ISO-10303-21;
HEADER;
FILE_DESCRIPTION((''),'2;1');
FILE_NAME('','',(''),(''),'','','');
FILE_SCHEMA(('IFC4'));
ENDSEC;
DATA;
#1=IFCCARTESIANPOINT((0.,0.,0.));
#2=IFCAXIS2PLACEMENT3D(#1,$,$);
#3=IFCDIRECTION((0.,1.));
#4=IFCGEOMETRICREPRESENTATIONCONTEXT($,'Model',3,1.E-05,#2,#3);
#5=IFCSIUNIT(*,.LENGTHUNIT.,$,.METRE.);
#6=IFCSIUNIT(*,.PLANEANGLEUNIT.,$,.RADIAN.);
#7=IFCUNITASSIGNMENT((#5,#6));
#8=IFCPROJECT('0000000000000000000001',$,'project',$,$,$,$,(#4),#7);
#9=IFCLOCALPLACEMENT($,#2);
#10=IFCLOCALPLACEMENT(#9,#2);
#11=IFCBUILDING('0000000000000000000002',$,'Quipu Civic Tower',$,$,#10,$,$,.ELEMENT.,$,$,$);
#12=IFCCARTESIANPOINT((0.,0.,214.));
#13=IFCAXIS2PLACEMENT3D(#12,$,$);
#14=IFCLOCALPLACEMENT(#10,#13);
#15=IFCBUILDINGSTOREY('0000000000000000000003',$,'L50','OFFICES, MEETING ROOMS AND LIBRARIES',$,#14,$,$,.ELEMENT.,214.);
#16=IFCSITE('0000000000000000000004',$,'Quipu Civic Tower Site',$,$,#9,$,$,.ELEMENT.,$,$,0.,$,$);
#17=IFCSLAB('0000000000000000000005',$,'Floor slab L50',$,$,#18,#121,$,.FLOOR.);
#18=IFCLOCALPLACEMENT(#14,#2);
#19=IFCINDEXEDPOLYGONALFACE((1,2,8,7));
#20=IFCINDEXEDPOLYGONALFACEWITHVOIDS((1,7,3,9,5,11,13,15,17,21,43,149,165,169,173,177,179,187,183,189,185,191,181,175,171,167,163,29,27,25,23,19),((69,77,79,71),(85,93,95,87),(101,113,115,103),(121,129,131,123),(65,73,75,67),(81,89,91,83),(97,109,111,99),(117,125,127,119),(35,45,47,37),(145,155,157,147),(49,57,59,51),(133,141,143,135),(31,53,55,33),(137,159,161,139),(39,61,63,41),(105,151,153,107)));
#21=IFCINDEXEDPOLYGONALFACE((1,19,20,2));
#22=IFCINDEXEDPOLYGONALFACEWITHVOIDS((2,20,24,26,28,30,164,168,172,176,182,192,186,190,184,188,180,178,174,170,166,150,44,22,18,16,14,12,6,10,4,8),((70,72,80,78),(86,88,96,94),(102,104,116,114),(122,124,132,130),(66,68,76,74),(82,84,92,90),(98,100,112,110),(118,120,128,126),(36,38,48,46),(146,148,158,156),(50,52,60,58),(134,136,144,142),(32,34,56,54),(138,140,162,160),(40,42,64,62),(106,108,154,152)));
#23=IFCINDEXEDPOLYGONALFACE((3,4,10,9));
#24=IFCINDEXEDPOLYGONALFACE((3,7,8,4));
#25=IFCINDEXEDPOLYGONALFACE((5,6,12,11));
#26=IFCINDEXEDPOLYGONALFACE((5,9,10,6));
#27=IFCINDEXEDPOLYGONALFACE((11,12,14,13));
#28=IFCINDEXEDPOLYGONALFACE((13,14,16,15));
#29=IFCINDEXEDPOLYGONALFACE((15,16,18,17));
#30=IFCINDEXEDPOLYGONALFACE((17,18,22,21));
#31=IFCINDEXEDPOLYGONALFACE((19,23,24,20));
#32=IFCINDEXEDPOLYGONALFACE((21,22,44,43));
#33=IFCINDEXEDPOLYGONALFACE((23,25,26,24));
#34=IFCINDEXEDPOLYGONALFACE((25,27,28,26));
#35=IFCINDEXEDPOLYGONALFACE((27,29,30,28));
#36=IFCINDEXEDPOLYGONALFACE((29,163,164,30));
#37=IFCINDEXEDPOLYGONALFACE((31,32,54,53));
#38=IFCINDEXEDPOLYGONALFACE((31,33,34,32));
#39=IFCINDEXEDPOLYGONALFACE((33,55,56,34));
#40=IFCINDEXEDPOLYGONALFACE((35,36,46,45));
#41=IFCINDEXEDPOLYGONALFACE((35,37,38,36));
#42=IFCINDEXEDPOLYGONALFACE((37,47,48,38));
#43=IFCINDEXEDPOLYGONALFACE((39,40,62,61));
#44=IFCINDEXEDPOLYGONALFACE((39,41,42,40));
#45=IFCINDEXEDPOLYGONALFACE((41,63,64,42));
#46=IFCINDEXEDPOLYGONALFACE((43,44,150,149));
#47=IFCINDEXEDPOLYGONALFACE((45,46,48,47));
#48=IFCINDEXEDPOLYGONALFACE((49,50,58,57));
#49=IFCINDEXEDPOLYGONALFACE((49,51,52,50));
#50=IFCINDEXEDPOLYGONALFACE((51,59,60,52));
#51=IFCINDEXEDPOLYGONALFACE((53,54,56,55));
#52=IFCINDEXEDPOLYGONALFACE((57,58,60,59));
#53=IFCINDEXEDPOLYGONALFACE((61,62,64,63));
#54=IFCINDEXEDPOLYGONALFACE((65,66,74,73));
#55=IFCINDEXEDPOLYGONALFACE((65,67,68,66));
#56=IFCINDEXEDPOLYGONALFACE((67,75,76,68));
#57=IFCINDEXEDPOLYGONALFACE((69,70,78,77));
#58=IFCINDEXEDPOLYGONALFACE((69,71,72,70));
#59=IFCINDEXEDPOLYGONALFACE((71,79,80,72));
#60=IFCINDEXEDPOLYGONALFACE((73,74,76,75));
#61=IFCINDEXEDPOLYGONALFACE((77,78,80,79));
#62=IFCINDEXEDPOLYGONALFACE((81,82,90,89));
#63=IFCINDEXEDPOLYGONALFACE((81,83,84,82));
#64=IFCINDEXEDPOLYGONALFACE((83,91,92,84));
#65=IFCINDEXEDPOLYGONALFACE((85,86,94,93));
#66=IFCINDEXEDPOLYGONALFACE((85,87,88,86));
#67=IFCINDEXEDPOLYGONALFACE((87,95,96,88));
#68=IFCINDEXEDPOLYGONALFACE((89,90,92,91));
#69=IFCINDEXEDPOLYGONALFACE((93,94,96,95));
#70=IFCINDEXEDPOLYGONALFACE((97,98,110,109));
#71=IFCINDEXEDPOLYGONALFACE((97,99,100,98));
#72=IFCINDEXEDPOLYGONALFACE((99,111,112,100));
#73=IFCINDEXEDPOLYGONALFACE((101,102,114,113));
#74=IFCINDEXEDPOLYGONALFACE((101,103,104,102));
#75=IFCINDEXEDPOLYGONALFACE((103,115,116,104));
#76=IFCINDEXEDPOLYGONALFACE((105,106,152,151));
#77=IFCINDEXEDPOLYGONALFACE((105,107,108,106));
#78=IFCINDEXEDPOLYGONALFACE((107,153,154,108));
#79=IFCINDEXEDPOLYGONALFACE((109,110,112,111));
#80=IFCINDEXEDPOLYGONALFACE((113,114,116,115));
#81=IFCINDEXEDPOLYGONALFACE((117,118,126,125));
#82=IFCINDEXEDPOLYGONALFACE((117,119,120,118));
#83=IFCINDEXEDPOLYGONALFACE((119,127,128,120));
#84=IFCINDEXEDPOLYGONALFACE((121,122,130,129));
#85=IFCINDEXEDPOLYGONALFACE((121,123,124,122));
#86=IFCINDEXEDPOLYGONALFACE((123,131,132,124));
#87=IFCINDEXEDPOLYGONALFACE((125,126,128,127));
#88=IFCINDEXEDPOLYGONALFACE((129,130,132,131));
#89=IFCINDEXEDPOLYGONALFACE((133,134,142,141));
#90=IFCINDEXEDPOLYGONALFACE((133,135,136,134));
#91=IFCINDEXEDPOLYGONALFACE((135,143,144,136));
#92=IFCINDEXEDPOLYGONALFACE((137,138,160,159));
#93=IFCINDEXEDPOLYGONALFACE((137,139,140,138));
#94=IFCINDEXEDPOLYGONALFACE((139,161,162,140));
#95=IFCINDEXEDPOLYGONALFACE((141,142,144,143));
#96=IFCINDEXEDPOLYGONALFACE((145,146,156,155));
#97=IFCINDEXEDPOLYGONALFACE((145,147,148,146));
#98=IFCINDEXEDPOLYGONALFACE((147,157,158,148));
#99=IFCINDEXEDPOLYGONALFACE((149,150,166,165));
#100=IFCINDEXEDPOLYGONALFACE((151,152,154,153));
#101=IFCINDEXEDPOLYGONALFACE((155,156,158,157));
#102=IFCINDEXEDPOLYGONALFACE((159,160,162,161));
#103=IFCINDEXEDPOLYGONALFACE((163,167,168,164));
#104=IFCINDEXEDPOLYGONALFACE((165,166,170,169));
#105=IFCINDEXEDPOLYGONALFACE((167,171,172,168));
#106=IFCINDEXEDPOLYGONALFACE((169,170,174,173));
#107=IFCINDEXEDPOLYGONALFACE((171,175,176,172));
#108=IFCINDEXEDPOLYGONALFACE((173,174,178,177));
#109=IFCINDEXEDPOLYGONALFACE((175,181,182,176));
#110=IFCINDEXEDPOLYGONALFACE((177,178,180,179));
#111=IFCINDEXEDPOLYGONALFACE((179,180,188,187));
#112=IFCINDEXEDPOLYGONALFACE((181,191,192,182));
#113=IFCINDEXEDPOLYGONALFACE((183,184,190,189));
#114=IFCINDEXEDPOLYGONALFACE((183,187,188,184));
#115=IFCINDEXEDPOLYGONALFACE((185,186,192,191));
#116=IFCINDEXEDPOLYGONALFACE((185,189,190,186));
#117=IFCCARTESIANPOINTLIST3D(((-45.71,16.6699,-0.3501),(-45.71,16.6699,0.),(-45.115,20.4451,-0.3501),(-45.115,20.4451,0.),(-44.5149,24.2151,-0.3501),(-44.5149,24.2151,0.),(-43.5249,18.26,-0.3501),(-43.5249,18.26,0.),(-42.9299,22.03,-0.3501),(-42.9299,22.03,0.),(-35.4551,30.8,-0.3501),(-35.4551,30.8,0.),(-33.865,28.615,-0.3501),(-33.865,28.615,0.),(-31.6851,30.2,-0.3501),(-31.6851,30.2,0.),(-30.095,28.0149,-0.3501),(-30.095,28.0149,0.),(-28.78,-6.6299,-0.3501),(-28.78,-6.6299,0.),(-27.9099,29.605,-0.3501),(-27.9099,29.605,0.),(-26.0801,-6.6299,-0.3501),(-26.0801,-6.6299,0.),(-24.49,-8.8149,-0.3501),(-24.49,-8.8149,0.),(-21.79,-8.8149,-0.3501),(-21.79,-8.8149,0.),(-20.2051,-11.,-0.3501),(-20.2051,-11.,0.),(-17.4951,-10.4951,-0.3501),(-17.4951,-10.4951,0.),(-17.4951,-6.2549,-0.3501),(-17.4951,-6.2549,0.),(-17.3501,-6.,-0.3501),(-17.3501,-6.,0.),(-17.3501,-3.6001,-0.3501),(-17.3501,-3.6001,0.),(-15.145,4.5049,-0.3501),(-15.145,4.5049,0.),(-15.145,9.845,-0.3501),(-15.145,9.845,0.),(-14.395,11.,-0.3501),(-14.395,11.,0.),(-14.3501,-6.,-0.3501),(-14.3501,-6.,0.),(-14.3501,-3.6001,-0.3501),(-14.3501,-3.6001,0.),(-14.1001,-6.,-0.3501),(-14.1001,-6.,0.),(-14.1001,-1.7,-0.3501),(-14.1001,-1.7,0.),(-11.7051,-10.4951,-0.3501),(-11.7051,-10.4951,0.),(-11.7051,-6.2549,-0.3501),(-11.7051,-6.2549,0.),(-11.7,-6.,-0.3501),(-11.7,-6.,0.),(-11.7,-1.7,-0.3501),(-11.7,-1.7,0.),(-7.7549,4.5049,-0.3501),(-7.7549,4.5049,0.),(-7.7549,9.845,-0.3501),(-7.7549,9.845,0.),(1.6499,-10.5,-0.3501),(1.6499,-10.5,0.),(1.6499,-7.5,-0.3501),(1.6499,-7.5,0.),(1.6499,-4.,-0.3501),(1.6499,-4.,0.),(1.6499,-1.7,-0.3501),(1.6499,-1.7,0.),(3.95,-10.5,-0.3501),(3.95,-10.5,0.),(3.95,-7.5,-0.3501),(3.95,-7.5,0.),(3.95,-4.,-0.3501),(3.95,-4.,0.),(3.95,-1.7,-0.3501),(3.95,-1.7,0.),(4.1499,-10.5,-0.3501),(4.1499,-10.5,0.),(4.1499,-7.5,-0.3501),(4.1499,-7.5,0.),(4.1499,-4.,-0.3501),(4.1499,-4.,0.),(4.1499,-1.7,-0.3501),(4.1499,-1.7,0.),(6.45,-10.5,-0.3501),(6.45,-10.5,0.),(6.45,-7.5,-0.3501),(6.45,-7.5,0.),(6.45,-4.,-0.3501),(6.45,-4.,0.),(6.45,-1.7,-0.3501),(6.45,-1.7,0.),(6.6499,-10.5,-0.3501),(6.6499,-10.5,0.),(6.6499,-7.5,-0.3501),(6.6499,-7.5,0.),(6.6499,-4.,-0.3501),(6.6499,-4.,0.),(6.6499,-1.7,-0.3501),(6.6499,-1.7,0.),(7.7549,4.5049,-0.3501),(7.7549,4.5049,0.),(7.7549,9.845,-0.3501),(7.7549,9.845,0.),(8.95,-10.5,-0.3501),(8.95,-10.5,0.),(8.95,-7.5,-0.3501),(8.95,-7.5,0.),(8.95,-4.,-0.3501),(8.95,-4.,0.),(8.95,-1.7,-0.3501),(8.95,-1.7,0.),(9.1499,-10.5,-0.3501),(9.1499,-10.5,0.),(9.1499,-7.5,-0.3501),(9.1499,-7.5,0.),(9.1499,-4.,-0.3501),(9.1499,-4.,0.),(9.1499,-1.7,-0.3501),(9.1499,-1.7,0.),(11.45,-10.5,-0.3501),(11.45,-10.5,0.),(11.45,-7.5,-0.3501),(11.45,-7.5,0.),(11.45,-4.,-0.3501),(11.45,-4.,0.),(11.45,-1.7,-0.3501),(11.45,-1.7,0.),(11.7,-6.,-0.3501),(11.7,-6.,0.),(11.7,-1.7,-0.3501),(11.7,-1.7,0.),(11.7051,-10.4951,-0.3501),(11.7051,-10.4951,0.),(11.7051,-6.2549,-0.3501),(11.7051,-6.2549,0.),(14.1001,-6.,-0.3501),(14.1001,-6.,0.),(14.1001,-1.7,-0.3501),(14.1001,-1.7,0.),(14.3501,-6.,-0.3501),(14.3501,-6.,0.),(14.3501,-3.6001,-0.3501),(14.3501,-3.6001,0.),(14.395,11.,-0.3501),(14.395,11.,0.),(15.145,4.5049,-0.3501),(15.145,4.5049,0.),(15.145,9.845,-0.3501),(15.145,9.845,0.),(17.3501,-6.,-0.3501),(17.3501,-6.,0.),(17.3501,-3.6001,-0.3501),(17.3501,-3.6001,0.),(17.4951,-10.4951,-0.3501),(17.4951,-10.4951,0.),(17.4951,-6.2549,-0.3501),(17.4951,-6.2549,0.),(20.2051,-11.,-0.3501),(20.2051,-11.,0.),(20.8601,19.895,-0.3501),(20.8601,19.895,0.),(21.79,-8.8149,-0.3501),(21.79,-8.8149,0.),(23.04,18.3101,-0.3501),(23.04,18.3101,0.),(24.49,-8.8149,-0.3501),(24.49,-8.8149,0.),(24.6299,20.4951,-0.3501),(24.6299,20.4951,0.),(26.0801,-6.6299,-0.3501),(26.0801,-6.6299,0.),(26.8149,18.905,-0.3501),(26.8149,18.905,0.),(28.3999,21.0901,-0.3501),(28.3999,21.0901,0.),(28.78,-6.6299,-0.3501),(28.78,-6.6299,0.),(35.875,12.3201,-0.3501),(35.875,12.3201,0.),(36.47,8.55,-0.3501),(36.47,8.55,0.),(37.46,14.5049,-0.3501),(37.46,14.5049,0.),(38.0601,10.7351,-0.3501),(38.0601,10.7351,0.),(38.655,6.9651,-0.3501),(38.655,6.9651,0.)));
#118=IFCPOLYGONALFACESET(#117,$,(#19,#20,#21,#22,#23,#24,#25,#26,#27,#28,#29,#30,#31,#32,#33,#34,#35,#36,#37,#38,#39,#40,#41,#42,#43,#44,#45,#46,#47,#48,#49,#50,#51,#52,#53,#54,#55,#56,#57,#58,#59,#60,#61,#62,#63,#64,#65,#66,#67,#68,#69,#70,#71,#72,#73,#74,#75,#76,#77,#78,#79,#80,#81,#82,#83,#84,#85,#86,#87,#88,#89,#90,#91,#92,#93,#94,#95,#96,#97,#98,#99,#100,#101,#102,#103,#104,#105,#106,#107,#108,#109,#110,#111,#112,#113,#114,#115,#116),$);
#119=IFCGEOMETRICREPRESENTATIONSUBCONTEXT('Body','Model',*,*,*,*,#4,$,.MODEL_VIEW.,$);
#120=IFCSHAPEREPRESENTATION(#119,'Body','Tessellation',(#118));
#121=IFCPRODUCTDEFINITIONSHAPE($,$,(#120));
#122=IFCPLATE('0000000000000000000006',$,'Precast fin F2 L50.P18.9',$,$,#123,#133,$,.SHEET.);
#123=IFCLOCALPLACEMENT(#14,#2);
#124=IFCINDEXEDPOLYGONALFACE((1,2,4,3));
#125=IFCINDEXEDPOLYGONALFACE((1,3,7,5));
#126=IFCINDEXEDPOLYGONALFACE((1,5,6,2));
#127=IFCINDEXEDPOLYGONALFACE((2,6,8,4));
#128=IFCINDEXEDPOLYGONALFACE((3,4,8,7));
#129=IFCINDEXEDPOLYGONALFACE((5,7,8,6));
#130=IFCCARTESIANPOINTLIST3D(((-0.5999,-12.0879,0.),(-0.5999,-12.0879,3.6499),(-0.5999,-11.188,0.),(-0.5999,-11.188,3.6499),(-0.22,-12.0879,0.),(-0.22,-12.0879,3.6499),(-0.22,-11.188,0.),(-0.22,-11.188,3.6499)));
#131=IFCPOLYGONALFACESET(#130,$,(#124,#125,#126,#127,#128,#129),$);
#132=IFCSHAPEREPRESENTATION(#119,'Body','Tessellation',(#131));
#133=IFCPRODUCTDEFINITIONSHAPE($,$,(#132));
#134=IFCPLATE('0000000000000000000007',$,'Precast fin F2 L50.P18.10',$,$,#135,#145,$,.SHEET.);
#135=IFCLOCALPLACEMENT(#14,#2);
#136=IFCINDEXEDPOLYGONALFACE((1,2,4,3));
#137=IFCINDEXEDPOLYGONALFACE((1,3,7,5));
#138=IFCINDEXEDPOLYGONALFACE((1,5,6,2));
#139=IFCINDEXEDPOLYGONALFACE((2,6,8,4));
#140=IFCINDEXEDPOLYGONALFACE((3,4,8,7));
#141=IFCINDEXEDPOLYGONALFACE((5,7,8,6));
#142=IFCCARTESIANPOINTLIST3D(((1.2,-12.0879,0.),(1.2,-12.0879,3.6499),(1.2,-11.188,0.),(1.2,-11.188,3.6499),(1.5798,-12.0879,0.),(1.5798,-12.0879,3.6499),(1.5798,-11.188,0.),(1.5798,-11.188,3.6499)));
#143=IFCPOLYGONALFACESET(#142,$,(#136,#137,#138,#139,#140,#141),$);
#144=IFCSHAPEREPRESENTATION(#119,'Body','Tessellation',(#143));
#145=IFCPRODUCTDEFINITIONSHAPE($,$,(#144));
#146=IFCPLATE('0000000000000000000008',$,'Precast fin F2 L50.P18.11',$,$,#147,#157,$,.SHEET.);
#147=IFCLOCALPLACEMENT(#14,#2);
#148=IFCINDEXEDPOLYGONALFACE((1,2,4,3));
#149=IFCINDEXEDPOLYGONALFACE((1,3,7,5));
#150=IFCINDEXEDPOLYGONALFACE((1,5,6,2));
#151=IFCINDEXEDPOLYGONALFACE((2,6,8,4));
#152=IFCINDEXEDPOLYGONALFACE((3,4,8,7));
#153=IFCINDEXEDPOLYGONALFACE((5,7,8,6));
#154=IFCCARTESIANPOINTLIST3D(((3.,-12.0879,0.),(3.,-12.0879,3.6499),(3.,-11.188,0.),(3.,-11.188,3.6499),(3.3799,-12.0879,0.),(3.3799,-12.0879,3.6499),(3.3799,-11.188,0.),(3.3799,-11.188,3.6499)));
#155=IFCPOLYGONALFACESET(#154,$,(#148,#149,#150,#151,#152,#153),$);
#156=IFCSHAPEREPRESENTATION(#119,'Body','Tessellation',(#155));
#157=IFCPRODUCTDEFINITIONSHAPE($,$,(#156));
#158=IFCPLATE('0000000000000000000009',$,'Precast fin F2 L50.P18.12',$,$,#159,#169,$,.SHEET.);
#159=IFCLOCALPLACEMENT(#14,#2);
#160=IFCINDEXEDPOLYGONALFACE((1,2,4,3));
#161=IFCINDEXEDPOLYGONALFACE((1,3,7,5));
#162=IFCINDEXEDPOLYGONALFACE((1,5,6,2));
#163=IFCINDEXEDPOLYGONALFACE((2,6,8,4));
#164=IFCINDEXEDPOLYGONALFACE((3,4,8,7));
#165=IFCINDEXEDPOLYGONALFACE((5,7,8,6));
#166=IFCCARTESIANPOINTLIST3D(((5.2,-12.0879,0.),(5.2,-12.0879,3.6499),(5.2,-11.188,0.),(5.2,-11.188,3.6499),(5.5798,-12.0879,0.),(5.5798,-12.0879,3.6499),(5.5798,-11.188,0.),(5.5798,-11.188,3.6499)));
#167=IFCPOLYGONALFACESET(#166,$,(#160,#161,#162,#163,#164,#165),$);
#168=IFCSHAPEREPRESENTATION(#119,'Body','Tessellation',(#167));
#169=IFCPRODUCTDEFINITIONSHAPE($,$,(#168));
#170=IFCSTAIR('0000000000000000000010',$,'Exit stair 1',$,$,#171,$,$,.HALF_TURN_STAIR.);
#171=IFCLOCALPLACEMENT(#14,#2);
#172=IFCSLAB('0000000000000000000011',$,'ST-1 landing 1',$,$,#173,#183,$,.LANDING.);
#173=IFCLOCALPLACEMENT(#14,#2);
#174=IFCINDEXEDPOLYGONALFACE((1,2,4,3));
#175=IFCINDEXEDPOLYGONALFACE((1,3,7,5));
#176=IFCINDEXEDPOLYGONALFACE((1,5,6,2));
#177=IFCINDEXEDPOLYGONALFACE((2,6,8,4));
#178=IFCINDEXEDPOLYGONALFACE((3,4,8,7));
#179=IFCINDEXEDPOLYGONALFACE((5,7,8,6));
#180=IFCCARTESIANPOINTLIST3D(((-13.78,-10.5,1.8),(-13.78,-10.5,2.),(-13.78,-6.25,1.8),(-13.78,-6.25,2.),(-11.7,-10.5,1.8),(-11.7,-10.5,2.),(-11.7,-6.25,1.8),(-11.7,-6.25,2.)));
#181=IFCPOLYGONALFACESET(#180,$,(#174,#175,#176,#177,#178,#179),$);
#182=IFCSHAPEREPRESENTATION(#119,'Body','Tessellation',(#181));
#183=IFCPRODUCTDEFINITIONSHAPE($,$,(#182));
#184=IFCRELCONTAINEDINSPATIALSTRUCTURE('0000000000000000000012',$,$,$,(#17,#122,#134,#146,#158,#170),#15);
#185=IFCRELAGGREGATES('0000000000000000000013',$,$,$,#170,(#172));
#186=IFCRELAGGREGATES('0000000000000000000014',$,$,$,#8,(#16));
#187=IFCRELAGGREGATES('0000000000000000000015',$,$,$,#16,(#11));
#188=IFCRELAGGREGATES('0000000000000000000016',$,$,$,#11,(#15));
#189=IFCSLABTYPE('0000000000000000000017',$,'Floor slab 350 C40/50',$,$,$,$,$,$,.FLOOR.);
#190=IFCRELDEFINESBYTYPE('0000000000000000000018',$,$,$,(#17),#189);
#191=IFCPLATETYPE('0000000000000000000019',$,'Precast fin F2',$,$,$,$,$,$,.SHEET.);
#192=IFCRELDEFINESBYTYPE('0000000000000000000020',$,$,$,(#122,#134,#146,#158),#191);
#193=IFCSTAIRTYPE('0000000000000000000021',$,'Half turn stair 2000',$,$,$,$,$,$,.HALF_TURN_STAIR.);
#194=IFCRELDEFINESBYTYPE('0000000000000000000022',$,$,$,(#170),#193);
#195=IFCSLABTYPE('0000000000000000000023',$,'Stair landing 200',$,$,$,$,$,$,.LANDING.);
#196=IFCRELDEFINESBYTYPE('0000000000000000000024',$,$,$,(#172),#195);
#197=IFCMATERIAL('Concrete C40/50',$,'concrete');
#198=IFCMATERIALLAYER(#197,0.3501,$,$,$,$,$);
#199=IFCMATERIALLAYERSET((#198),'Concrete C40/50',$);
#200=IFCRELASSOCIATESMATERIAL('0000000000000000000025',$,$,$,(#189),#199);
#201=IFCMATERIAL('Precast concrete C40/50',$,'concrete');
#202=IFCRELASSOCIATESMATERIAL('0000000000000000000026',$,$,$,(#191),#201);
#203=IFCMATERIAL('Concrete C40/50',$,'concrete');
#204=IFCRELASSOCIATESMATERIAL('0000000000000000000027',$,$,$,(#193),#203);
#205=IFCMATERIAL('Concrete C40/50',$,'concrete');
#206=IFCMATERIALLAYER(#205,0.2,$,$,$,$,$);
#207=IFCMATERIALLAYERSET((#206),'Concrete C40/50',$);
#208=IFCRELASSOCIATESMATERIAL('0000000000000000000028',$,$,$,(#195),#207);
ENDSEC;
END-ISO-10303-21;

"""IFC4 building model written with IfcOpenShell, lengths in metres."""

from ifc_helpers import new_model, si_unit, direction, frame, origin, origin_2d, place, context, subcontext, project, spatial, polyline, rectangle, outline, extrude, material, layer, layer_set, type_object, element, aggregate, save


model = new_model("IFC4")

# Units and contexts
model_context = context("Model", 3, precision=1e-05, world=origin(), true_north=direction((0.0, 1.0)))
body_context = subcontext(model_context, "Body", "Model", "MODEL_VIEW")
ifc_project = project(units=[si_unit("LENGTHUNIT", "METRE"), si_unit("PLANEANGLEUNIT", "RADIAN")], contexts=[model_context])

# Site, building, storey
site_placement = place(None, origin())
site = spatial("IfcSite", under=ifc_project, at=site_placement, Name="Quipu Civic Tower Site", CompositionType="ELEMENT", RefElevation=0.0)
building_placement = place(site_placement, origin())
building = spatial("IfcBuilding", under=site, at=building_placement, Name="Quipu Civic Tower", CompositionType="ELEMENT")
storey_placement = place(building_placement, frame((0.0, 0.0, 214.0)))
storey = spatial("IfcBuildingStorey", under=building, at=storey_placement, Name="L50", Description="OFFICES, MEETING ROOMS AND LIBRARIES", CompositionType="ELEMENT", Elevation=214.0)

# Slab
ifc_material_1 = material(Name="Concrete C40/50", Category="concrete")
ifc_layer_1 = layer(ifc_material_1, 0.3501)
ifc_layer_set_1 = layer_set([ifc_layer_1], Name="Concrete C40/50")
slab_type_1 = type_object("IfcSlabType", Name="Floor slab 350 C40/50", PredefinedType="FLOOR", material=ifc_layer_set_1)
slab_1_placement = place(storey_placement, frame((0.0, 0.0, -0.3501)))
element("IfcSlab", 1, at=slab_1_placement, inside=storey, type_object=slab_type_1, Name="Floor slab L50", PredefinedType="FLOOR", context=body_context, shape_type="SweptSolid", body=[
    extrude(outline(polyline([(20.8601, 19.895), (23.04, 18.3101), (24.6299, 20.4951), (26.8149, 18.905), (28.3999, 21.0901), (37.46, 14.5049), (35.875, 12.3201), (38.0601, 10.7351), (36.47, 8.55), (38.655, 6.9651), (28.78, -6.6299), (26.0801, -6.6299), (24.49, -8.8149), (21.79, -8.8149), (20.2051, -11.0), (-20.2051, -11.0), (-21.79, -8.8149), (-24.49, -8.8149), (-26.0801, -6.6299), (-28.78, -6.6299), (-45.71, 16.6699), (-43.5249, 18.26), (-45.115, 20.4451), (-42.9299, 22.03), (-44.5149, 24.2151), (-35.4551, 30.8), (-33.865, 28.615), (-31.6851, 30.2), (-30.095, 28.0149), (-27.9099, 29.605), (-14.395, 11.0), (14.395, 11.0), (20.8601, 19.895)]), holes=[polyline([(1.6499, -7.5), (1.6499, -10.5), (3.95, -10.5), (3.95, -7.5), (1.6499, -7.5)]), polyline([(4.1499, -7.5), (4.1499, -10.5), (6.45, -10.5), (6.45, -7.5), (4.1499, -7.5)]), polyline([(-11.7051, -6.2549), (-17.4951, -6.2549), (-17.4951, -10.4951), (-11.7051, -10.4951), (-11.7051, -6.2549)]), polyline([(-17.3501, -3.6001), (-17.3501, -6.0), (-14.3501, -6.0), (-14.3501, -3.6001), (-17.3501, -3.6001)]), polyline([(-14.1001, -1.7), (-14.1001, -6.0), (-11.7, -6.0), (-11.7, -1.7), (-14.1001, -1.7)]), polyline([(1.6499, -1.7), (1.6499, -4.0), (3.95, -4.0), (3.95, -1.7), (1.6499, -1.7)]), polyline([(4.1499, -1.7), (4.1499, -4.0), (6.45, -4.0), (6.45, -1.7), (4.1499, -1.7)]), polyline([(-7.7549, 9.845), (-15.145, 9.845), (-15.145, 4.5049), (-7.7549, 4.5049), (-7.7549, 9.845)]), polyline([(6.6499, -7.5), (6.6499, -10.5), (8.95, -10.5), (8.95, -7.5), (6.6499, -7.5)]), polyline([(9.1499, -7.5), (9.1499, -10.5), (11.45, -10.5), (11.45, -7.5), (9.1499, -7.5)]), polyline([(11.7051, -10.4951), (17.4951, -10.4951), (17.4951, -6.2549), (11.7051, -6.2549), (11.7051, -10.4951)]), polyline([(14.3501, -3.6001), (14.3501, -6.0), (17.3501, -6.0), (17.3501, -3.6001), (14.3501, -3.6001)]), polyline([(11.7, -1.7), (11.7, -6.0), (14.1001, -6.0), (14.1001, -1.7), (11.7, -1.7)]), polyline([(6.6499, -1.7), (6.6499, -4.0), (8.95, -4.0), (8.95, -1.7), (6.6499, -1.7)]), polyline([(9.1499, -1.7), (9.1499, -4.0), (11.45, -4.0), (11.45, -1.7), (9.1499, -1.7)]), polyline([(7.7549, 4.5049), (15.145, 4.5049), (15.145, 9.845), (7.7549, 9.845), (7.7549, 4.5049)])]), origin(), (0.0, 0.0, 1.0), 0.3501),
])

# Plates
ifc_material_2 = material(Name="Precast concrete C40/50", Category="concrete")
plate_type = type_object("IfcPlateType", Name="Precast fin F2", PredefinedType="SHEET", material=ifc_material_2)
for number, where, z_axis, x_axis, name in (
    (2, (-0.4099, -11.6379, 0.0), (0.0, 0.0, 1.0), (1.0, 0.0, 0.0), "Precast fin F2 L50.P18.9"),
    (3, (1.3899, -11.6379, 0.0), (0.0, 0.0, 1.0), (1.0, 0.0, 0.0), "Precast fin F2 L50.P18.10"),
    (4, (3.1899, -11.6379, 0.0), (0.0, 0.0, 1.0), (1.0, 0.0, 0.0), "Precast fin F2 L50.P18.11"),
    (5, (5.3899, -11.6379, 0.0), (0.0, 0.0, 1.0), (1.0, 0.0, 0.0), "Precast fin F2 L50.P18.12"),
):
    element("IfcPlate", number, at=place(storey_placement, frame(where, z_axis=z_axis, x_axis=x_axis)), inside=storey, type_object=plate_type, Name=name, PredefinedType="SHEET", context=body_context, shape_type="SweptSolid", body=[
        extrude(rectangle(XDim=0.3799, YDim=0.8999, at=origin_2d()), origin(), (0.0, 0.0, 1.0), 3.6499),
    ])

# Stair, slab
ifc_material_3 = material(Name="Concrete C40/50", Category="concrete")
stair_type_1 = type_object("IfcStairType", Name="Half turn stair 2000", PredefinedType="HALF_TURN_STAIR", material=ifc_material_3)
stair_1_placement = place(storey_placement, origin())
stair_1 = element("IfcStair", 6, at=stair_1_placement, inside=storey, type_object=stair_type_1, Name="Exit stair 1", PredefinedType="HALF_TURN_STAIR")
ifc_material_4 = material(Name="Concrete C40/50", Category="concrete")
ifc_layer_2 = layer(ifc_material_4, 0.2)
ifc_layer_set_2 = layer_set([ifc_layer_2], Name="Concrete C40/50")
slab_type_2 = type_object("IfcSlabType", Name="Stair landing 200", PredefinedType="LANDING", material=ifc_layer_set_2)
slab_2_placement = place(storey_placement, frame((0.0, 0.0, 1.8)))
slab_2 = element("IfcSlab", 7, at=slab_2_placement, type_object=slab_type_2, Name="ST-1 landing 1", PredefinedType="LANDING", context=body_context, shape_type="SweptSolid", body=[
    extrude(outline(polyline([(-13.78, -10.5), (-11.7, -10.5), (-11.7, -6.25), (-13.78, -6.25), (-13.78, -10.5)])), origin(), (0.0, 0.0, 1.0), 0.2),
])
aggregate(stair_1, [slab_2])

save(model, "model.ifc")
